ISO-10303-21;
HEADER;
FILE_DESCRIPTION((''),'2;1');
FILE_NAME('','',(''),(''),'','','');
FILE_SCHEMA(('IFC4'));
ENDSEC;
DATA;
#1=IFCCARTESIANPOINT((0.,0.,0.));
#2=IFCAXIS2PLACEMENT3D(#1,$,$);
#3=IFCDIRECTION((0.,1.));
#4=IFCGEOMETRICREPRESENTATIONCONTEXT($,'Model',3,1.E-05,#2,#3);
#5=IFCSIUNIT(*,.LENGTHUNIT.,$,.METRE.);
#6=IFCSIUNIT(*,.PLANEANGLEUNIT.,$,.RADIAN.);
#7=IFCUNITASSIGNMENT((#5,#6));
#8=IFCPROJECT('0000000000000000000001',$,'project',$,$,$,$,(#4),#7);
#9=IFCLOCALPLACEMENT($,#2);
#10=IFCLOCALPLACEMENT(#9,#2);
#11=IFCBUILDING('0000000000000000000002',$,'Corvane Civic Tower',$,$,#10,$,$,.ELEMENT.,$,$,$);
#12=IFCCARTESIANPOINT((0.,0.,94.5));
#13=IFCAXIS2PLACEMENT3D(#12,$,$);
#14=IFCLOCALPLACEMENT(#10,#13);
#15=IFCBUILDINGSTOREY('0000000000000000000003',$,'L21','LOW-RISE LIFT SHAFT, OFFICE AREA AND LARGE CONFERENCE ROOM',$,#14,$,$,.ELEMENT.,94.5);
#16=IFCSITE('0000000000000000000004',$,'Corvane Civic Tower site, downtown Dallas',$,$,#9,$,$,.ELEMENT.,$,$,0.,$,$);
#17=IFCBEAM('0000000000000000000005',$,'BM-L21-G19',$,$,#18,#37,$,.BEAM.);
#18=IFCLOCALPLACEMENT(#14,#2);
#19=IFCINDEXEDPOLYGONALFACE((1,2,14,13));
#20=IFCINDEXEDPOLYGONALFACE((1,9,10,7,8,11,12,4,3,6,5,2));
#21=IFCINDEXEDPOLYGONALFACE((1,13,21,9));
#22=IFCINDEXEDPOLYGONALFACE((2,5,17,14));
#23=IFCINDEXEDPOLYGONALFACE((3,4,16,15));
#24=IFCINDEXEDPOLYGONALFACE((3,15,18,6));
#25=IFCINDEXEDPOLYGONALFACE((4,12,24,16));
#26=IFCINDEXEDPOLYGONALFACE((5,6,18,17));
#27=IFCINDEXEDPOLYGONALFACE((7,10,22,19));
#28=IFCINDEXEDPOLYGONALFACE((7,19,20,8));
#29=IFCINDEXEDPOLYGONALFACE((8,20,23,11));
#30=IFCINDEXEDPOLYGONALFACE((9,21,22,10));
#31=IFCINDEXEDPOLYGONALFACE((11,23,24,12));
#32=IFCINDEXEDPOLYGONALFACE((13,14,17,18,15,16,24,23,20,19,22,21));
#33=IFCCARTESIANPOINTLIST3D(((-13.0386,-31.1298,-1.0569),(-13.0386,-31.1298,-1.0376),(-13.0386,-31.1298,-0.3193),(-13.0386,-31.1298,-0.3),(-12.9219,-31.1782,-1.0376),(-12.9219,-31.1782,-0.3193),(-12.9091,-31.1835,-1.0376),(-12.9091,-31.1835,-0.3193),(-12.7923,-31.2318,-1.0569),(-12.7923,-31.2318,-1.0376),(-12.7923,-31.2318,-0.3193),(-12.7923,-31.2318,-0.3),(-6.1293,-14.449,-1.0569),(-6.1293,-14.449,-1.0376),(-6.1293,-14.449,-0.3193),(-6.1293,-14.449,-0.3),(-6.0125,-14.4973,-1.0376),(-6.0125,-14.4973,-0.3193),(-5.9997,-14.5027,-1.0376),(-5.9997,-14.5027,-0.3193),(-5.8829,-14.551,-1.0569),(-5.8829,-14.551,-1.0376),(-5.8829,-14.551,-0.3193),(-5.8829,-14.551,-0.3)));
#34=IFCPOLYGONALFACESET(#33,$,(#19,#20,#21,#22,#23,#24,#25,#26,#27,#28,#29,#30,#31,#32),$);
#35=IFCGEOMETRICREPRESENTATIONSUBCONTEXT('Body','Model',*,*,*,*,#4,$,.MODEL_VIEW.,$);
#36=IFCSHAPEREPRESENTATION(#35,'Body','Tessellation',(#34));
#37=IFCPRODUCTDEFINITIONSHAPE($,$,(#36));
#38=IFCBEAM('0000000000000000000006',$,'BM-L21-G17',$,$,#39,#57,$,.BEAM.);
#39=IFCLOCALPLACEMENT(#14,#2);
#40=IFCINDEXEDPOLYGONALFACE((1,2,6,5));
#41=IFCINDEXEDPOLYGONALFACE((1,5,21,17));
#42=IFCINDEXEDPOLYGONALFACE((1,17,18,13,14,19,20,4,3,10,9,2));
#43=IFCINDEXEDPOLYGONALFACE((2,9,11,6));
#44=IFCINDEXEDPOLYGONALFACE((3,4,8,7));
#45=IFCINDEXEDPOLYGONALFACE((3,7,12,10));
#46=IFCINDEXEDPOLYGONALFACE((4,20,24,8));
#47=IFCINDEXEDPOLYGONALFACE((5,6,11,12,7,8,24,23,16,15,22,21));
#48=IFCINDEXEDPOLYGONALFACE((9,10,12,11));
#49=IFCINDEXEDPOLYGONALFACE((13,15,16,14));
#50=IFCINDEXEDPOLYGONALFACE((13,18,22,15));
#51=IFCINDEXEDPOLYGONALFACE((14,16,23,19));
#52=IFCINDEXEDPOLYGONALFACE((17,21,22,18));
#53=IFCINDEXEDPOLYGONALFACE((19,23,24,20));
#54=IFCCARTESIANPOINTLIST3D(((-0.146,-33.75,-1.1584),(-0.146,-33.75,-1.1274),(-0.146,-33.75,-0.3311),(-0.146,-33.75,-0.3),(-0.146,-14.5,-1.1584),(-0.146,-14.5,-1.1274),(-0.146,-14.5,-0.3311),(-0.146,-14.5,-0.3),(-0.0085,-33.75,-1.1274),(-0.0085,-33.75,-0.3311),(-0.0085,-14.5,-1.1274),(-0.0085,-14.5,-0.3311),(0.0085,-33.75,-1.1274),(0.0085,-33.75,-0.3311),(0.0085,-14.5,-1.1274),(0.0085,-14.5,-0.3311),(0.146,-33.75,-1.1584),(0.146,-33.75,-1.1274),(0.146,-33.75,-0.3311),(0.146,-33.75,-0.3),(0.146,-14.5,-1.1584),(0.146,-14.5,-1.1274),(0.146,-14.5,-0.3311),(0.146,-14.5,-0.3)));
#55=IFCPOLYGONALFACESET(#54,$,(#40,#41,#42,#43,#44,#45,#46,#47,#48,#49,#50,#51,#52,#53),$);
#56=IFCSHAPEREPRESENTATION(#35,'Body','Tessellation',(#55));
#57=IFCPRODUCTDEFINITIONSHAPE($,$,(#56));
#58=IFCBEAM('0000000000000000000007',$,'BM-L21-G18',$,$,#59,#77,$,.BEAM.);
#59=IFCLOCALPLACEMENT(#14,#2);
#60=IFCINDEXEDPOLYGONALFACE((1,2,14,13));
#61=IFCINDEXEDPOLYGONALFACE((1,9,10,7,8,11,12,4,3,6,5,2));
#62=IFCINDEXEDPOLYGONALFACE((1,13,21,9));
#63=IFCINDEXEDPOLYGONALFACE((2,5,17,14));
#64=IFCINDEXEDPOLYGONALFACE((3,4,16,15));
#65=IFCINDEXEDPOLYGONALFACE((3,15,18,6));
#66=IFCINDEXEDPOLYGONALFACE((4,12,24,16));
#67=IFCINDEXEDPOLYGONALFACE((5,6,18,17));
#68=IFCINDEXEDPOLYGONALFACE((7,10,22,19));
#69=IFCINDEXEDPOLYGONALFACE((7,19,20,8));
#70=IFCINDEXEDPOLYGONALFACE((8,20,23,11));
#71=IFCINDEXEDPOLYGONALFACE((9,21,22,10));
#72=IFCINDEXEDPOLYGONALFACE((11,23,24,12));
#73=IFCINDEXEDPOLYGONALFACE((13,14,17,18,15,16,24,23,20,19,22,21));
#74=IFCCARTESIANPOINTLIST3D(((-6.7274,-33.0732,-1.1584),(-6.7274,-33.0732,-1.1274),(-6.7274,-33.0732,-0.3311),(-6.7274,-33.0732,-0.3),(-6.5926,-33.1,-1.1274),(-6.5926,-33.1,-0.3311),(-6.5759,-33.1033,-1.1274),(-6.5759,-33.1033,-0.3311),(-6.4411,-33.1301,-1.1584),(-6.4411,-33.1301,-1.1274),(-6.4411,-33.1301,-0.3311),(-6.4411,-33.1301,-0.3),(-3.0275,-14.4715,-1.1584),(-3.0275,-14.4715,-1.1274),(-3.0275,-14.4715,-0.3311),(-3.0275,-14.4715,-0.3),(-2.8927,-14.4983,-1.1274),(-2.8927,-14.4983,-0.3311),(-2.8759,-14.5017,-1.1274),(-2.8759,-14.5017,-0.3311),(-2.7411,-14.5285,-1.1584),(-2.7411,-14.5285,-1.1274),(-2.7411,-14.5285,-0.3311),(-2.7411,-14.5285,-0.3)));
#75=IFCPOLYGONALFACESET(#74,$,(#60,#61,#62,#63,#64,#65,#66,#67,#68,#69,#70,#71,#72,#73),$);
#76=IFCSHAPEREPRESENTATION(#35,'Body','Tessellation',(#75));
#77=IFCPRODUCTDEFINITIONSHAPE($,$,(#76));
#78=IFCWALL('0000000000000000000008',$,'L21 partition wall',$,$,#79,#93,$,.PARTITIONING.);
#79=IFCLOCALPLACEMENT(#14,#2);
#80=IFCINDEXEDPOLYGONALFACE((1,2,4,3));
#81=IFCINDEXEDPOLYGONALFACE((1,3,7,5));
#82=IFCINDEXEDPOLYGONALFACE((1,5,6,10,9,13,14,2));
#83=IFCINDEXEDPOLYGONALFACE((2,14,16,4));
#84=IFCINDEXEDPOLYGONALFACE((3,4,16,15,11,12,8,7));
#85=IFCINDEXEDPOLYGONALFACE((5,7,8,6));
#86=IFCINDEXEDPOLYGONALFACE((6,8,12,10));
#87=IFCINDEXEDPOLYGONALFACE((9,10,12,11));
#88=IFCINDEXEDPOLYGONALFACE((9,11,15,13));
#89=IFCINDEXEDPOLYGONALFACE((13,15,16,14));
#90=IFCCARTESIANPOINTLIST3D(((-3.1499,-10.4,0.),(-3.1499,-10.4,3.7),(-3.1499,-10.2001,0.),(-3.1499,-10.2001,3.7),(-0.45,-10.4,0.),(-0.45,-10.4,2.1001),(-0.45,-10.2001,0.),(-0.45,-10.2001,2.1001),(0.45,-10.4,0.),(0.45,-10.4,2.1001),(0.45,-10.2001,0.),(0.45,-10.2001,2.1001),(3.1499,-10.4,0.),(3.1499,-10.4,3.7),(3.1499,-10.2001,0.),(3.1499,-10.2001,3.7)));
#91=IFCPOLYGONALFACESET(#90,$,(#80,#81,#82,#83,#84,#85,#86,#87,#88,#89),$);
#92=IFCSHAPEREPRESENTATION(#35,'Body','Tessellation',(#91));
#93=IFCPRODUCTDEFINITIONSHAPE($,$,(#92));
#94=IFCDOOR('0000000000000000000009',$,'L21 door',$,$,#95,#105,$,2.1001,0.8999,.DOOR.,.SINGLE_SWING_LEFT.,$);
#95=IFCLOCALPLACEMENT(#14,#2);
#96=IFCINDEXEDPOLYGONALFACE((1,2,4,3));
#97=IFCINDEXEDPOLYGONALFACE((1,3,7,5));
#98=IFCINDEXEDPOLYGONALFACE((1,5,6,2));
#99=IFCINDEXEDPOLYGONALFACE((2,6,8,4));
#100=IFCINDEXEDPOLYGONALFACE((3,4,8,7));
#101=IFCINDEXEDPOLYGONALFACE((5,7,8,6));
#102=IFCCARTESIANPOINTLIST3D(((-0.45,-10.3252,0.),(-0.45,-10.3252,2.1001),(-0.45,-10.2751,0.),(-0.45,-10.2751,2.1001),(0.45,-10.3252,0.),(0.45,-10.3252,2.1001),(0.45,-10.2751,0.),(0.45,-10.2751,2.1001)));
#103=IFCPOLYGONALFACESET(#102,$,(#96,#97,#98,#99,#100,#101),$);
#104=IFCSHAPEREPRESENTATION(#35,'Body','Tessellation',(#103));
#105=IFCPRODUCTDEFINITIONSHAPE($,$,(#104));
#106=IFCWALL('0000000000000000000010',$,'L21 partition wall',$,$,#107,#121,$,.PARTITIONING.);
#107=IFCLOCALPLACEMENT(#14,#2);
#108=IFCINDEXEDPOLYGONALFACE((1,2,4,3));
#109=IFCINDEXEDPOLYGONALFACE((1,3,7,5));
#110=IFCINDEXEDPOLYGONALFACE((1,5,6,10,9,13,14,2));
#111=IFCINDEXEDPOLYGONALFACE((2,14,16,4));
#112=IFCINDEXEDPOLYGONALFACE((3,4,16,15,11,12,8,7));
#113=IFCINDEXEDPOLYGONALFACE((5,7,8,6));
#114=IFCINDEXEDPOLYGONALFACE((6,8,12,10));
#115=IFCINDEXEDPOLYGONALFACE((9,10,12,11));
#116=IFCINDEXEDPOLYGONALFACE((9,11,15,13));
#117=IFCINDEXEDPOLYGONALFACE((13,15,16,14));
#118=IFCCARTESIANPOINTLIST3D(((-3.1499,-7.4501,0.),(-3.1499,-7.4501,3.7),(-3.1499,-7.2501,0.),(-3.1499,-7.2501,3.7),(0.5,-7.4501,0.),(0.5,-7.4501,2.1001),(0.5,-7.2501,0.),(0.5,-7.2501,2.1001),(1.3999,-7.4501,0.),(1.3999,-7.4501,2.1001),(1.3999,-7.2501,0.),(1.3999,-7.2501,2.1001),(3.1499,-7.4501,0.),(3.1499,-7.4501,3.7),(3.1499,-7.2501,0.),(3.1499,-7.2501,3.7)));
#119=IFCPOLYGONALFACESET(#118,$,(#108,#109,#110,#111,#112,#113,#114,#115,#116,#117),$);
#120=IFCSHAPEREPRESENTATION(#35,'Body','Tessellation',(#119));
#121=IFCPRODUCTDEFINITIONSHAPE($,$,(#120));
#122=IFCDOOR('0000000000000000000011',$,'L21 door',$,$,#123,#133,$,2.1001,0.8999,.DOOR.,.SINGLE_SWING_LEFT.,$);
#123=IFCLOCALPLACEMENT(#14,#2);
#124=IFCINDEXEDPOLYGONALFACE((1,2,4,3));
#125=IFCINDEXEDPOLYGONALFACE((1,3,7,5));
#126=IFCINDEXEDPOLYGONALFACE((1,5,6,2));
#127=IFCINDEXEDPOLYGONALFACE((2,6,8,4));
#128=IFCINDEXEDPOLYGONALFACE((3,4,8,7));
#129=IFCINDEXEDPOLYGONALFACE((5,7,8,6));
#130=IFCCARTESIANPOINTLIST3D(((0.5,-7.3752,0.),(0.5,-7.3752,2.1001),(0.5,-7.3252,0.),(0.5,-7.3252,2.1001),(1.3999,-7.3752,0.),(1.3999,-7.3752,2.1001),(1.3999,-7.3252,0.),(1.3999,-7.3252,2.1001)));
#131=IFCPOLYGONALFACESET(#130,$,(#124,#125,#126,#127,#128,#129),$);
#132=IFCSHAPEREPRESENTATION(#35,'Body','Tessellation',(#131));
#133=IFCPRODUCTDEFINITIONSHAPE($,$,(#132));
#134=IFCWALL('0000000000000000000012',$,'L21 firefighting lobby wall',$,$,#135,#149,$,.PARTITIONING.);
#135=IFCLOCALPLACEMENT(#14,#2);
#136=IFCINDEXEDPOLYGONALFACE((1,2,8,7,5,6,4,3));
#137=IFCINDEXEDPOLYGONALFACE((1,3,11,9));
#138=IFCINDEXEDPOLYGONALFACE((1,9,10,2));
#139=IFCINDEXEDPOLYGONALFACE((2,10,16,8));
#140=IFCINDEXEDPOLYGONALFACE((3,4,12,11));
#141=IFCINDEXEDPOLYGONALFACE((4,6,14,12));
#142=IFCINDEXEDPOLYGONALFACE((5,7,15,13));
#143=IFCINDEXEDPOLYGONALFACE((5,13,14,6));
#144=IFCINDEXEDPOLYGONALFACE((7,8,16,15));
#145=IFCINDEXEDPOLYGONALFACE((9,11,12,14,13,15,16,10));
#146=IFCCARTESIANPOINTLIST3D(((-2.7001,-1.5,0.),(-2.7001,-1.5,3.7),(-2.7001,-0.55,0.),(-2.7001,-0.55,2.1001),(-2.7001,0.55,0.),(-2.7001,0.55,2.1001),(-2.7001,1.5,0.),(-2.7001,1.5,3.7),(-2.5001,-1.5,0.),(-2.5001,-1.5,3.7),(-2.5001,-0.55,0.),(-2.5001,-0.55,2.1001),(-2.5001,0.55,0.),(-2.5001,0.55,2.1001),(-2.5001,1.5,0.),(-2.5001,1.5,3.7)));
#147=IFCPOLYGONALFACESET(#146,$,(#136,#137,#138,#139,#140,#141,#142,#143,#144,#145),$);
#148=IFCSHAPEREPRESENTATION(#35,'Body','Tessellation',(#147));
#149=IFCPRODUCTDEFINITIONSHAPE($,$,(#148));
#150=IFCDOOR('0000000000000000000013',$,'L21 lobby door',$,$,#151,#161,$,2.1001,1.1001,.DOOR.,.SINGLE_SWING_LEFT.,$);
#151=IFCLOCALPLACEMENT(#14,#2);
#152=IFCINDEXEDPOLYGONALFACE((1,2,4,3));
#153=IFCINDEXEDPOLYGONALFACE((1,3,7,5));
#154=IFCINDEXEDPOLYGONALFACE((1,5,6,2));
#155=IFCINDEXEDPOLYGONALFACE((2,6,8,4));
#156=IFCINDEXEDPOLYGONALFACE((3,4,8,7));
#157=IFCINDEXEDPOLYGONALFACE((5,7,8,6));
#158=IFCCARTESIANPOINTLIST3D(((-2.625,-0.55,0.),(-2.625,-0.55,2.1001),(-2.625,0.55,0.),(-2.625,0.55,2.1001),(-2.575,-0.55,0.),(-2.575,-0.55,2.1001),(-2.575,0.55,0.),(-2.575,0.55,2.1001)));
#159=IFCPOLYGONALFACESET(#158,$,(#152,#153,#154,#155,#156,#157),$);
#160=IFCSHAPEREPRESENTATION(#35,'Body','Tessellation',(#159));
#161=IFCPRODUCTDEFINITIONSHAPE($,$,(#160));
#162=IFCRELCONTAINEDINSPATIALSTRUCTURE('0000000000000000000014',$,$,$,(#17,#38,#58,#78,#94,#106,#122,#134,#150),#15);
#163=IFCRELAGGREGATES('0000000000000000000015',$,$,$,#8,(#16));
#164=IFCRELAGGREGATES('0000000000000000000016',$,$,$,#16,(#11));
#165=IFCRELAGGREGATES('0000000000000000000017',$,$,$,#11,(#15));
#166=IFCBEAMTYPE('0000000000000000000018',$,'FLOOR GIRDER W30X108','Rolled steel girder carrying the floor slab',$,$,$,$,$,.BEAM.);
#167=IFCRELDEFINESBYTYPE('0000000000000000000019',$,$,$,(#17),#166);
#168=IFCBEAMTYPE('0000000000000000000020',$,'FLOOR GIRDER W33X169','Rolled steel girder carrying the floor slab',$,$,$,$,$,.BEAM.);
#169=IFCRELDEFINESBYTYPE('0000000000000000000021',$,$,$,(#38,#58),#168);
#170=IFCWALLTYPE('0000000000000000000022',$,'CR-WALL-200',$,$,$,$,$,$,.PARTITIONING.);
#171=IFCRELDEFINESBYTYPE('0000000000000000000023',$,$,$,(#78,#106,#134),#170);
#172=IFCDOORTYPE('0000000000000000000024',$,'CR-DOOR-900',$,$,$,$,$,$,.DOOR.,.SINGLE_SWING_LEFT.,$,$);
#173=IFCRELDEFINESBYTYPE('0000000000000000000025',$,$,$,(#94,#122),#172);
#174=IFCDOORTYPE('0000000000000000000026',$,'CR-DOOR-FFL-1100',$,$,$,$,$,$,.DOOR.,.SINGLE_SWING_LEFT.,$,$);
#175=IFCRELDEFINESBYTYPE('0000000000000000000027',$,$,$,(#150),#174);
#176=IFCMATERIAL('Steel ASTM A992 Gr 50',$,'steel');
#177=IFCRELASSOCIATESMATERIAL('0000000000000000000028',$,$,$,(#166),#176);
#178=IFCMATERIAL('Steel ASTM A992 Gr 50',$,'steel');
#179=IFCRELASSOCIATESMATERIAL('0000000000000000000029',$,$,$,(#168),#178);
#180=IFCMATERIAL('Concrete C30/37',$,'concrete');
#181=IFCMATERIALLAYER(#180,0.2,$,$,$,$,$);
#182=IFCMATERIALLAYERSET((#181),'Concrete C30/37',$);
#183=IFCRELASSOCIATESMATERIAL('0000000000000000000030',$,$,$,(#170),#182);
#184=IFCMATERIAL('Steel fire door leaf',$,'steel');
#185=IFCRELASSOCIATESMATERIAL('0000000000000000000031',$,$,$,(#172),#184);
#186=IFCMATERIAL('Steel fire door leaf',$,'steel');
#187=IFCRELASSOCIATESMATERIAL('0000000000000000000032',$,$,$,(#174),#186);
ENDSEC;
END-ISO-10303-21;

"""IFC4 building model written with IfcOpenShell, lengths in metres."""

from ifc_helpers import new_model, si_unit, direction, frame, frame_2d, origin, origin_2d, place, context, subcontext, project, spatial, rectangle, i_section, extrude, material, layer, layer_set, material_profile, profile_set, type_object, element, fill, save


model = new_model("IFC4")

# Units and contexts
model_context = context("Model", 3, precision=1e-05, world=origin(), true_north=direction((0.0, 1.0)))
body_context = subcontext(model_context, "Body", "Model", "MODEL_VIEW")
ifc_project = project(units=[si_unit("LENGTHUNIT", "METRE"), si_unit("PLANEANGLEUNIT", "RADIAN")], contexts=[model_context])

# Site, building, storey
site_placement = place(None, origin())
site = spatial("IfcSite", under=ifc_project, at=site_placement, Name="Corvane Civic Tower site, downtown Dallas", CompositionType="ELEMENT", RefElevation=0.0)
building_placement = place(site_placement, origin())
building = spatial("IfcBuilding", under=site, at=building_placement, Name="Corvane Civic Tower", CompositionType="ELEMENT")
storey_placement = place(building_placement, frame((0.0, 0.0, 94.5)))
storey = spatial("IfcBuildingStorey", under=building, at=storey_placement, Name="L21", Description="LOW-RISE LIFT SHAFT, OFFICE AREA AND LARGE CONFERENCE ROOM", CompositionType="ELEMENT", Elevation=94.5)

# Beams
ifc_material_1 = material(Name="Steel ASTM A992 Gr 50", Category="steel")
ifc_material_profile_1 = material_profile(ifc_material_1, i_section(OverallWidth=0.2666, OverallDepth=0.7568, WebThickness=0.0139, FlangeThickness=0.0193, at=origin_2d()), Name="W30X108")
ifc_profile_set_1 = profile_set([ifc_material_profile_1], Name="Steel ASTM A992 Gr 50")
beam_type_1 = type_object("IfcBeamType", Name="FLOOR GIRDER W30X108", Description="Rolled steel girder carrying the floor slab", PredefinedType="BEAM", material=ifc_profile_set_1)
beam_1_placement = place(storey_placement, frame((-6.0061, -14.5, -0.6785), z_axis=(-0.382682, -0.92388, 0.0), x_axis=(0.92388, -0.382682, 0.0)))
element("IfcBeam", 1, at=beam_1_placement, inside=storey, type_object=beam_type_1, Name="BM-L21-G19", PredefinedType="BEAM", context=body_context, shape_type="SweptSolid", body=[
    extrude(i_section(OverallWidth=0.2666, OverallDepth=0.7568, WebThickness=0.0139, FlangeThickness=0.0193, at=origin_2d()), origin(), (0.0, 0.0, 1.0), 18.0552),
])
ifc_material_2 = material(Name="Steel ASTM A992 Gr 50", Category="steel")
ifc_material_profile_2 = material_profile(ifc_material_2, i_section(OverallWidth=0.292, OverallDepth=0.8584, WebThickness=0.0171, FlangeThickness=0.031, at=origin_2d()), Name="W33X169")
ifc_profile_set_2 = profile_set([ifc_material_profile_2], Name="Steel ASTM A992 Gr 50")
beam_type_2 = type_object("IfcBeamType", Name="FLOOR GIRDER W33X169", Description="Rolled steel girder carrying the floor slab", PredefinedType="BEAM", material=ifc_profile_set_2)
beam_2_placement = place(storey_placement, frame((0.0, -14.5, -0.7292), z_axis=(0.0, -1.0, 0.0), x_axis=(1.0, 0.0, 0.0)))
element("IfcBeam", 2, at=beam_2_placement, inside=storey, type_object=beam_type_2, Name="BM-L21-G17", PredefinedType="BEAM", context=body_context, shape_type="SweptSolid", body=[
    extrude(i_section(OverallWidth=0.292, OverallDepth=0.8584, WebThickness=0.0171, FlangeThickness=0.031, at=origin_2d()), origin(), (0.0, 0.0, 1.0), 19.25),
])
beam_3_placement = place(storey_placement, frame((-2.8843, -14.5, -0.7292), z_axis=(-0.195084, -0.980787, 0.0), x_axis=(0.980787, -0.195084, 0.0)))
element("IfcBeam", 3, at=beam_3_placement, inside=storey, type_object=beam_type_2, Name="BM-L21-G18", PredefinedType="BEAM", context=body_context, shape_type="SweptSolid", body=[
    extrude(i_section(OverallWidth=0.292, OverallDepth=0.8584, WebThickness=0.0171, FlangeThickness=0.031, at=origin_2d()), origin(), (0.0, 0.0, 1.0), 18.9661),
])

# Walls, openings, doors
ifc_material_3 = material(Name="Concrete C30/37", Category="concrete")
ifc_layer = layer(ifc_material_3, 0.2)
ifc_layer_set = layer_set([ifc_layer], Name="Concrete C30/37")
wall_type = type_object("IfcWallType", Name="CR-WALL-200", PredefinedType="PARTITIONING", material=ifc_layer_set)
wall_1_placement = place(storey_placement, frame((-3.1499, -10.3, 0.0), z_axis=(0.0, 0.0, 1.0), x_axis=(1.0, 0.0, 0.0)))
wall_1 = element("IfcWall", 4, at=wall_1_placement, inside=storey, type_object=wall_type, Name="L21 partition wall", PredefinedType="PARTITIONING", context=body_context, shape_type="SweptSolid", body=[
    extrude(rectangle(XDim=6.2998, YDim=0.2, at=frame_2d((3.1499, 0.0))), origin(), (0.0, 0.0, 1.0), 3.7),
])
opening_1_placement = place(wall_1_placement, frame((2.7, 0.0, 0.0)))
opening_1 = element("IfcOpeningElement", 5, at=opening_1_placement, cuts=wall_1, PredefinedType="OPENING", context=body_context, shape_type="SweptSolid", body=[
    extrude(rectangle(XDim=0.8999, YDim=2.1001, at=frame_2d((0.45, 1.05))), frame((0.0, 0.1099, 0.0), z_axis=(0.0, -1.0, 0.0), x_axis=(1.0, 0.0, 0.0)), (0.0, 0.0, 1.0), 0.22),
])
ifc_material_4 = material(Name="Steel fire door leaf", Category="steel")
door_type_1 = type_object("IfcDoorType", Name="CR-DOOR-900", OperationType="SINGLE_SWING_LEFT", PredefinedType="DOOR", material=ifc_material_4)
door_1_placement = place(opening_1_placement, origin())
door_1 = element("IfcDoor", 6, at=door_1_placement, inside=storey, type_object=door_type_1, Name="L21 door", OperationType="SINGLE_SWING_LEFT", OverallHeight=2.1001, OverallWidth=0.8999, PredefinedType="DOOR", context=body_context, shape_type="SweptSolid", body=[
    extrude(rectangle(XDim=0.8999, YDim=2.1001, at=frame_2d((0.45, 1.05))), frame((0.0, 0.0249, 0.0), z_axis=(0.0, -1.0, 0.0), x_axis=(1.0, 0.0, 0.0)), (0.0, 0.0, 1.0), 0.05),
])
fill(opening_1, door_1)
wall_2_placement = place(storey_placement, frame((-3.1499, -7.3501, 0.0), z_axis=(0.0, 0.0, 1.0), x_axis=(1.0, 0.0, 0.0)))
wall_2 = element("IfcWall", 7, at=wall_2_placement, inside=storey, type_object=wall_type, Name="L21 partition wall", PredefinedType="PARTITIONING", context=body_context, shape_type="SweptSolid", body=[
    extrude(rectangle(XDim=6.2998, YDim=0.2, at=frame_2d((3.1499, 0.0))), origin(), (0.0, 0.0, 1.0), 3.7),
])
opening_2_placement = place(wall_2_placement, frame((3.6499, 0.0, 0.0)))
opening_2 = element("IfcOpeningElement", 8, at=opening_2_placement, cuts=wall_2, PredefinedType="OPENING", context=body_context, shape_type="SweptSolid", body=[
    extrude(rectangle(XDim=0.8999, YDim=2.1001, at=frame_2d((0.45, 1.05))), frame((0.0, 0.1099, 0.0), z_axis=(0.0, -1.0, 0.0), x_axis=(1.0, 0.0, 0.0)), (0.0, 0.0, 1.0), 0.22),
])
door_2_placement = place(opening_2_placement, origin())
door_2 = element("IfcDoor", 9, at=door_2_placement, inside=storey, type_object=door_type_1, Name="L21 door", OperationType="SINGLE_SWING_LEFT", OverallHeight=2.1001, OverallWidth=0.8999, PredefinedType="DOOR", context=body_context, shape_type="SweptSolid", body=[
    extrude(rectangle(XDim=0.8999, YDim=2.1001, at=frame_2d((0.45, 1.05))), frame((0.0, 0.0249, 0.0), z_axis=(0.0, -1.0, 0.0), x_axis=(1.0, 0.0, 0.0)), (0.0, 0.0, 1.0), 0.05),
])
fill(opening_2, door_2)
wall_3_placement = place(storey_placement, frame((-2.6001, -1.5, 0.0), z_axis=(0.0, 0.0, 1.0), x_axis=(0.0, 1.0, 0.0)))
wall_3 = element("IfcWall", 10, at=wall_3_placement, inside=storey, type_object=wall_type, Name="L21 firefighting lobby wall", PredefinedType="PARTITIONING", context=body_context, shape_type="SweptSolid", body=[
    extrude(rectangle(XDim=3.0, YDim=0.2, at=frame_2d((1.5, 0.0))), origin(), (0.0, 0.0, 1.0), 3.7),
])
opening_3_placement = place(wall_3_placement, frame((0.95, 0.0, 0.0)))
opening_3 = element("IfcOpeningElement", 11, at=opening_3_placement, cuts=wall_3, PredefinedType="OPENING", context=body_context, shape_type="SweptSolid", body=[
    extrude(rectangle(XDim=1.1001, YDim=2.1001, at=frame_2d((0.55, 1.05))), frame((0.0, 0.1099, 0.0), z_axis=(0.0, -1.0, 0.0), x_axis=(1.0, 0.0, 0.0)), (0.0, 0.0, 1.0), 0.22),
])
ifc_material_5 = material(Name="Steel fire door leaf", Category="steel")
door_type_2 = type_object("IfcDoorType", Name="CR-DOOR-FFL-1100", OperationType="SINGLE_SWING_LEFT", PredefinedType="DOOR", material=ifc_material_5)
door_3_placement = place(opening_3_placement, origin())
door_3 = element("IfcDoor", 12, at=door_3_placement, inside=storey, type_object=door_type_2, Name="L21 lobby door", OperationType="SINGLE_SWING_LEFT", OverallHeight=2.1001, OverallWidth=1.1001, PredefinedType="DOOR", context=body_context, shape_type="SweptSolid", body=[
    extrude(rectangle(XDim=1.1001, YDim=2.1001, at=frame_2d((0.55, 1.05))), frame((0.0, 0.0249, 0.0), z_axis=(0.0, -1.0, 0.0), x_axis=(1.0, 0.0, 0.0)), (0.0, 0.0, 1.0), 0.05),
])
fill(opening_3, door_3)

save(model, "model.ifc")
